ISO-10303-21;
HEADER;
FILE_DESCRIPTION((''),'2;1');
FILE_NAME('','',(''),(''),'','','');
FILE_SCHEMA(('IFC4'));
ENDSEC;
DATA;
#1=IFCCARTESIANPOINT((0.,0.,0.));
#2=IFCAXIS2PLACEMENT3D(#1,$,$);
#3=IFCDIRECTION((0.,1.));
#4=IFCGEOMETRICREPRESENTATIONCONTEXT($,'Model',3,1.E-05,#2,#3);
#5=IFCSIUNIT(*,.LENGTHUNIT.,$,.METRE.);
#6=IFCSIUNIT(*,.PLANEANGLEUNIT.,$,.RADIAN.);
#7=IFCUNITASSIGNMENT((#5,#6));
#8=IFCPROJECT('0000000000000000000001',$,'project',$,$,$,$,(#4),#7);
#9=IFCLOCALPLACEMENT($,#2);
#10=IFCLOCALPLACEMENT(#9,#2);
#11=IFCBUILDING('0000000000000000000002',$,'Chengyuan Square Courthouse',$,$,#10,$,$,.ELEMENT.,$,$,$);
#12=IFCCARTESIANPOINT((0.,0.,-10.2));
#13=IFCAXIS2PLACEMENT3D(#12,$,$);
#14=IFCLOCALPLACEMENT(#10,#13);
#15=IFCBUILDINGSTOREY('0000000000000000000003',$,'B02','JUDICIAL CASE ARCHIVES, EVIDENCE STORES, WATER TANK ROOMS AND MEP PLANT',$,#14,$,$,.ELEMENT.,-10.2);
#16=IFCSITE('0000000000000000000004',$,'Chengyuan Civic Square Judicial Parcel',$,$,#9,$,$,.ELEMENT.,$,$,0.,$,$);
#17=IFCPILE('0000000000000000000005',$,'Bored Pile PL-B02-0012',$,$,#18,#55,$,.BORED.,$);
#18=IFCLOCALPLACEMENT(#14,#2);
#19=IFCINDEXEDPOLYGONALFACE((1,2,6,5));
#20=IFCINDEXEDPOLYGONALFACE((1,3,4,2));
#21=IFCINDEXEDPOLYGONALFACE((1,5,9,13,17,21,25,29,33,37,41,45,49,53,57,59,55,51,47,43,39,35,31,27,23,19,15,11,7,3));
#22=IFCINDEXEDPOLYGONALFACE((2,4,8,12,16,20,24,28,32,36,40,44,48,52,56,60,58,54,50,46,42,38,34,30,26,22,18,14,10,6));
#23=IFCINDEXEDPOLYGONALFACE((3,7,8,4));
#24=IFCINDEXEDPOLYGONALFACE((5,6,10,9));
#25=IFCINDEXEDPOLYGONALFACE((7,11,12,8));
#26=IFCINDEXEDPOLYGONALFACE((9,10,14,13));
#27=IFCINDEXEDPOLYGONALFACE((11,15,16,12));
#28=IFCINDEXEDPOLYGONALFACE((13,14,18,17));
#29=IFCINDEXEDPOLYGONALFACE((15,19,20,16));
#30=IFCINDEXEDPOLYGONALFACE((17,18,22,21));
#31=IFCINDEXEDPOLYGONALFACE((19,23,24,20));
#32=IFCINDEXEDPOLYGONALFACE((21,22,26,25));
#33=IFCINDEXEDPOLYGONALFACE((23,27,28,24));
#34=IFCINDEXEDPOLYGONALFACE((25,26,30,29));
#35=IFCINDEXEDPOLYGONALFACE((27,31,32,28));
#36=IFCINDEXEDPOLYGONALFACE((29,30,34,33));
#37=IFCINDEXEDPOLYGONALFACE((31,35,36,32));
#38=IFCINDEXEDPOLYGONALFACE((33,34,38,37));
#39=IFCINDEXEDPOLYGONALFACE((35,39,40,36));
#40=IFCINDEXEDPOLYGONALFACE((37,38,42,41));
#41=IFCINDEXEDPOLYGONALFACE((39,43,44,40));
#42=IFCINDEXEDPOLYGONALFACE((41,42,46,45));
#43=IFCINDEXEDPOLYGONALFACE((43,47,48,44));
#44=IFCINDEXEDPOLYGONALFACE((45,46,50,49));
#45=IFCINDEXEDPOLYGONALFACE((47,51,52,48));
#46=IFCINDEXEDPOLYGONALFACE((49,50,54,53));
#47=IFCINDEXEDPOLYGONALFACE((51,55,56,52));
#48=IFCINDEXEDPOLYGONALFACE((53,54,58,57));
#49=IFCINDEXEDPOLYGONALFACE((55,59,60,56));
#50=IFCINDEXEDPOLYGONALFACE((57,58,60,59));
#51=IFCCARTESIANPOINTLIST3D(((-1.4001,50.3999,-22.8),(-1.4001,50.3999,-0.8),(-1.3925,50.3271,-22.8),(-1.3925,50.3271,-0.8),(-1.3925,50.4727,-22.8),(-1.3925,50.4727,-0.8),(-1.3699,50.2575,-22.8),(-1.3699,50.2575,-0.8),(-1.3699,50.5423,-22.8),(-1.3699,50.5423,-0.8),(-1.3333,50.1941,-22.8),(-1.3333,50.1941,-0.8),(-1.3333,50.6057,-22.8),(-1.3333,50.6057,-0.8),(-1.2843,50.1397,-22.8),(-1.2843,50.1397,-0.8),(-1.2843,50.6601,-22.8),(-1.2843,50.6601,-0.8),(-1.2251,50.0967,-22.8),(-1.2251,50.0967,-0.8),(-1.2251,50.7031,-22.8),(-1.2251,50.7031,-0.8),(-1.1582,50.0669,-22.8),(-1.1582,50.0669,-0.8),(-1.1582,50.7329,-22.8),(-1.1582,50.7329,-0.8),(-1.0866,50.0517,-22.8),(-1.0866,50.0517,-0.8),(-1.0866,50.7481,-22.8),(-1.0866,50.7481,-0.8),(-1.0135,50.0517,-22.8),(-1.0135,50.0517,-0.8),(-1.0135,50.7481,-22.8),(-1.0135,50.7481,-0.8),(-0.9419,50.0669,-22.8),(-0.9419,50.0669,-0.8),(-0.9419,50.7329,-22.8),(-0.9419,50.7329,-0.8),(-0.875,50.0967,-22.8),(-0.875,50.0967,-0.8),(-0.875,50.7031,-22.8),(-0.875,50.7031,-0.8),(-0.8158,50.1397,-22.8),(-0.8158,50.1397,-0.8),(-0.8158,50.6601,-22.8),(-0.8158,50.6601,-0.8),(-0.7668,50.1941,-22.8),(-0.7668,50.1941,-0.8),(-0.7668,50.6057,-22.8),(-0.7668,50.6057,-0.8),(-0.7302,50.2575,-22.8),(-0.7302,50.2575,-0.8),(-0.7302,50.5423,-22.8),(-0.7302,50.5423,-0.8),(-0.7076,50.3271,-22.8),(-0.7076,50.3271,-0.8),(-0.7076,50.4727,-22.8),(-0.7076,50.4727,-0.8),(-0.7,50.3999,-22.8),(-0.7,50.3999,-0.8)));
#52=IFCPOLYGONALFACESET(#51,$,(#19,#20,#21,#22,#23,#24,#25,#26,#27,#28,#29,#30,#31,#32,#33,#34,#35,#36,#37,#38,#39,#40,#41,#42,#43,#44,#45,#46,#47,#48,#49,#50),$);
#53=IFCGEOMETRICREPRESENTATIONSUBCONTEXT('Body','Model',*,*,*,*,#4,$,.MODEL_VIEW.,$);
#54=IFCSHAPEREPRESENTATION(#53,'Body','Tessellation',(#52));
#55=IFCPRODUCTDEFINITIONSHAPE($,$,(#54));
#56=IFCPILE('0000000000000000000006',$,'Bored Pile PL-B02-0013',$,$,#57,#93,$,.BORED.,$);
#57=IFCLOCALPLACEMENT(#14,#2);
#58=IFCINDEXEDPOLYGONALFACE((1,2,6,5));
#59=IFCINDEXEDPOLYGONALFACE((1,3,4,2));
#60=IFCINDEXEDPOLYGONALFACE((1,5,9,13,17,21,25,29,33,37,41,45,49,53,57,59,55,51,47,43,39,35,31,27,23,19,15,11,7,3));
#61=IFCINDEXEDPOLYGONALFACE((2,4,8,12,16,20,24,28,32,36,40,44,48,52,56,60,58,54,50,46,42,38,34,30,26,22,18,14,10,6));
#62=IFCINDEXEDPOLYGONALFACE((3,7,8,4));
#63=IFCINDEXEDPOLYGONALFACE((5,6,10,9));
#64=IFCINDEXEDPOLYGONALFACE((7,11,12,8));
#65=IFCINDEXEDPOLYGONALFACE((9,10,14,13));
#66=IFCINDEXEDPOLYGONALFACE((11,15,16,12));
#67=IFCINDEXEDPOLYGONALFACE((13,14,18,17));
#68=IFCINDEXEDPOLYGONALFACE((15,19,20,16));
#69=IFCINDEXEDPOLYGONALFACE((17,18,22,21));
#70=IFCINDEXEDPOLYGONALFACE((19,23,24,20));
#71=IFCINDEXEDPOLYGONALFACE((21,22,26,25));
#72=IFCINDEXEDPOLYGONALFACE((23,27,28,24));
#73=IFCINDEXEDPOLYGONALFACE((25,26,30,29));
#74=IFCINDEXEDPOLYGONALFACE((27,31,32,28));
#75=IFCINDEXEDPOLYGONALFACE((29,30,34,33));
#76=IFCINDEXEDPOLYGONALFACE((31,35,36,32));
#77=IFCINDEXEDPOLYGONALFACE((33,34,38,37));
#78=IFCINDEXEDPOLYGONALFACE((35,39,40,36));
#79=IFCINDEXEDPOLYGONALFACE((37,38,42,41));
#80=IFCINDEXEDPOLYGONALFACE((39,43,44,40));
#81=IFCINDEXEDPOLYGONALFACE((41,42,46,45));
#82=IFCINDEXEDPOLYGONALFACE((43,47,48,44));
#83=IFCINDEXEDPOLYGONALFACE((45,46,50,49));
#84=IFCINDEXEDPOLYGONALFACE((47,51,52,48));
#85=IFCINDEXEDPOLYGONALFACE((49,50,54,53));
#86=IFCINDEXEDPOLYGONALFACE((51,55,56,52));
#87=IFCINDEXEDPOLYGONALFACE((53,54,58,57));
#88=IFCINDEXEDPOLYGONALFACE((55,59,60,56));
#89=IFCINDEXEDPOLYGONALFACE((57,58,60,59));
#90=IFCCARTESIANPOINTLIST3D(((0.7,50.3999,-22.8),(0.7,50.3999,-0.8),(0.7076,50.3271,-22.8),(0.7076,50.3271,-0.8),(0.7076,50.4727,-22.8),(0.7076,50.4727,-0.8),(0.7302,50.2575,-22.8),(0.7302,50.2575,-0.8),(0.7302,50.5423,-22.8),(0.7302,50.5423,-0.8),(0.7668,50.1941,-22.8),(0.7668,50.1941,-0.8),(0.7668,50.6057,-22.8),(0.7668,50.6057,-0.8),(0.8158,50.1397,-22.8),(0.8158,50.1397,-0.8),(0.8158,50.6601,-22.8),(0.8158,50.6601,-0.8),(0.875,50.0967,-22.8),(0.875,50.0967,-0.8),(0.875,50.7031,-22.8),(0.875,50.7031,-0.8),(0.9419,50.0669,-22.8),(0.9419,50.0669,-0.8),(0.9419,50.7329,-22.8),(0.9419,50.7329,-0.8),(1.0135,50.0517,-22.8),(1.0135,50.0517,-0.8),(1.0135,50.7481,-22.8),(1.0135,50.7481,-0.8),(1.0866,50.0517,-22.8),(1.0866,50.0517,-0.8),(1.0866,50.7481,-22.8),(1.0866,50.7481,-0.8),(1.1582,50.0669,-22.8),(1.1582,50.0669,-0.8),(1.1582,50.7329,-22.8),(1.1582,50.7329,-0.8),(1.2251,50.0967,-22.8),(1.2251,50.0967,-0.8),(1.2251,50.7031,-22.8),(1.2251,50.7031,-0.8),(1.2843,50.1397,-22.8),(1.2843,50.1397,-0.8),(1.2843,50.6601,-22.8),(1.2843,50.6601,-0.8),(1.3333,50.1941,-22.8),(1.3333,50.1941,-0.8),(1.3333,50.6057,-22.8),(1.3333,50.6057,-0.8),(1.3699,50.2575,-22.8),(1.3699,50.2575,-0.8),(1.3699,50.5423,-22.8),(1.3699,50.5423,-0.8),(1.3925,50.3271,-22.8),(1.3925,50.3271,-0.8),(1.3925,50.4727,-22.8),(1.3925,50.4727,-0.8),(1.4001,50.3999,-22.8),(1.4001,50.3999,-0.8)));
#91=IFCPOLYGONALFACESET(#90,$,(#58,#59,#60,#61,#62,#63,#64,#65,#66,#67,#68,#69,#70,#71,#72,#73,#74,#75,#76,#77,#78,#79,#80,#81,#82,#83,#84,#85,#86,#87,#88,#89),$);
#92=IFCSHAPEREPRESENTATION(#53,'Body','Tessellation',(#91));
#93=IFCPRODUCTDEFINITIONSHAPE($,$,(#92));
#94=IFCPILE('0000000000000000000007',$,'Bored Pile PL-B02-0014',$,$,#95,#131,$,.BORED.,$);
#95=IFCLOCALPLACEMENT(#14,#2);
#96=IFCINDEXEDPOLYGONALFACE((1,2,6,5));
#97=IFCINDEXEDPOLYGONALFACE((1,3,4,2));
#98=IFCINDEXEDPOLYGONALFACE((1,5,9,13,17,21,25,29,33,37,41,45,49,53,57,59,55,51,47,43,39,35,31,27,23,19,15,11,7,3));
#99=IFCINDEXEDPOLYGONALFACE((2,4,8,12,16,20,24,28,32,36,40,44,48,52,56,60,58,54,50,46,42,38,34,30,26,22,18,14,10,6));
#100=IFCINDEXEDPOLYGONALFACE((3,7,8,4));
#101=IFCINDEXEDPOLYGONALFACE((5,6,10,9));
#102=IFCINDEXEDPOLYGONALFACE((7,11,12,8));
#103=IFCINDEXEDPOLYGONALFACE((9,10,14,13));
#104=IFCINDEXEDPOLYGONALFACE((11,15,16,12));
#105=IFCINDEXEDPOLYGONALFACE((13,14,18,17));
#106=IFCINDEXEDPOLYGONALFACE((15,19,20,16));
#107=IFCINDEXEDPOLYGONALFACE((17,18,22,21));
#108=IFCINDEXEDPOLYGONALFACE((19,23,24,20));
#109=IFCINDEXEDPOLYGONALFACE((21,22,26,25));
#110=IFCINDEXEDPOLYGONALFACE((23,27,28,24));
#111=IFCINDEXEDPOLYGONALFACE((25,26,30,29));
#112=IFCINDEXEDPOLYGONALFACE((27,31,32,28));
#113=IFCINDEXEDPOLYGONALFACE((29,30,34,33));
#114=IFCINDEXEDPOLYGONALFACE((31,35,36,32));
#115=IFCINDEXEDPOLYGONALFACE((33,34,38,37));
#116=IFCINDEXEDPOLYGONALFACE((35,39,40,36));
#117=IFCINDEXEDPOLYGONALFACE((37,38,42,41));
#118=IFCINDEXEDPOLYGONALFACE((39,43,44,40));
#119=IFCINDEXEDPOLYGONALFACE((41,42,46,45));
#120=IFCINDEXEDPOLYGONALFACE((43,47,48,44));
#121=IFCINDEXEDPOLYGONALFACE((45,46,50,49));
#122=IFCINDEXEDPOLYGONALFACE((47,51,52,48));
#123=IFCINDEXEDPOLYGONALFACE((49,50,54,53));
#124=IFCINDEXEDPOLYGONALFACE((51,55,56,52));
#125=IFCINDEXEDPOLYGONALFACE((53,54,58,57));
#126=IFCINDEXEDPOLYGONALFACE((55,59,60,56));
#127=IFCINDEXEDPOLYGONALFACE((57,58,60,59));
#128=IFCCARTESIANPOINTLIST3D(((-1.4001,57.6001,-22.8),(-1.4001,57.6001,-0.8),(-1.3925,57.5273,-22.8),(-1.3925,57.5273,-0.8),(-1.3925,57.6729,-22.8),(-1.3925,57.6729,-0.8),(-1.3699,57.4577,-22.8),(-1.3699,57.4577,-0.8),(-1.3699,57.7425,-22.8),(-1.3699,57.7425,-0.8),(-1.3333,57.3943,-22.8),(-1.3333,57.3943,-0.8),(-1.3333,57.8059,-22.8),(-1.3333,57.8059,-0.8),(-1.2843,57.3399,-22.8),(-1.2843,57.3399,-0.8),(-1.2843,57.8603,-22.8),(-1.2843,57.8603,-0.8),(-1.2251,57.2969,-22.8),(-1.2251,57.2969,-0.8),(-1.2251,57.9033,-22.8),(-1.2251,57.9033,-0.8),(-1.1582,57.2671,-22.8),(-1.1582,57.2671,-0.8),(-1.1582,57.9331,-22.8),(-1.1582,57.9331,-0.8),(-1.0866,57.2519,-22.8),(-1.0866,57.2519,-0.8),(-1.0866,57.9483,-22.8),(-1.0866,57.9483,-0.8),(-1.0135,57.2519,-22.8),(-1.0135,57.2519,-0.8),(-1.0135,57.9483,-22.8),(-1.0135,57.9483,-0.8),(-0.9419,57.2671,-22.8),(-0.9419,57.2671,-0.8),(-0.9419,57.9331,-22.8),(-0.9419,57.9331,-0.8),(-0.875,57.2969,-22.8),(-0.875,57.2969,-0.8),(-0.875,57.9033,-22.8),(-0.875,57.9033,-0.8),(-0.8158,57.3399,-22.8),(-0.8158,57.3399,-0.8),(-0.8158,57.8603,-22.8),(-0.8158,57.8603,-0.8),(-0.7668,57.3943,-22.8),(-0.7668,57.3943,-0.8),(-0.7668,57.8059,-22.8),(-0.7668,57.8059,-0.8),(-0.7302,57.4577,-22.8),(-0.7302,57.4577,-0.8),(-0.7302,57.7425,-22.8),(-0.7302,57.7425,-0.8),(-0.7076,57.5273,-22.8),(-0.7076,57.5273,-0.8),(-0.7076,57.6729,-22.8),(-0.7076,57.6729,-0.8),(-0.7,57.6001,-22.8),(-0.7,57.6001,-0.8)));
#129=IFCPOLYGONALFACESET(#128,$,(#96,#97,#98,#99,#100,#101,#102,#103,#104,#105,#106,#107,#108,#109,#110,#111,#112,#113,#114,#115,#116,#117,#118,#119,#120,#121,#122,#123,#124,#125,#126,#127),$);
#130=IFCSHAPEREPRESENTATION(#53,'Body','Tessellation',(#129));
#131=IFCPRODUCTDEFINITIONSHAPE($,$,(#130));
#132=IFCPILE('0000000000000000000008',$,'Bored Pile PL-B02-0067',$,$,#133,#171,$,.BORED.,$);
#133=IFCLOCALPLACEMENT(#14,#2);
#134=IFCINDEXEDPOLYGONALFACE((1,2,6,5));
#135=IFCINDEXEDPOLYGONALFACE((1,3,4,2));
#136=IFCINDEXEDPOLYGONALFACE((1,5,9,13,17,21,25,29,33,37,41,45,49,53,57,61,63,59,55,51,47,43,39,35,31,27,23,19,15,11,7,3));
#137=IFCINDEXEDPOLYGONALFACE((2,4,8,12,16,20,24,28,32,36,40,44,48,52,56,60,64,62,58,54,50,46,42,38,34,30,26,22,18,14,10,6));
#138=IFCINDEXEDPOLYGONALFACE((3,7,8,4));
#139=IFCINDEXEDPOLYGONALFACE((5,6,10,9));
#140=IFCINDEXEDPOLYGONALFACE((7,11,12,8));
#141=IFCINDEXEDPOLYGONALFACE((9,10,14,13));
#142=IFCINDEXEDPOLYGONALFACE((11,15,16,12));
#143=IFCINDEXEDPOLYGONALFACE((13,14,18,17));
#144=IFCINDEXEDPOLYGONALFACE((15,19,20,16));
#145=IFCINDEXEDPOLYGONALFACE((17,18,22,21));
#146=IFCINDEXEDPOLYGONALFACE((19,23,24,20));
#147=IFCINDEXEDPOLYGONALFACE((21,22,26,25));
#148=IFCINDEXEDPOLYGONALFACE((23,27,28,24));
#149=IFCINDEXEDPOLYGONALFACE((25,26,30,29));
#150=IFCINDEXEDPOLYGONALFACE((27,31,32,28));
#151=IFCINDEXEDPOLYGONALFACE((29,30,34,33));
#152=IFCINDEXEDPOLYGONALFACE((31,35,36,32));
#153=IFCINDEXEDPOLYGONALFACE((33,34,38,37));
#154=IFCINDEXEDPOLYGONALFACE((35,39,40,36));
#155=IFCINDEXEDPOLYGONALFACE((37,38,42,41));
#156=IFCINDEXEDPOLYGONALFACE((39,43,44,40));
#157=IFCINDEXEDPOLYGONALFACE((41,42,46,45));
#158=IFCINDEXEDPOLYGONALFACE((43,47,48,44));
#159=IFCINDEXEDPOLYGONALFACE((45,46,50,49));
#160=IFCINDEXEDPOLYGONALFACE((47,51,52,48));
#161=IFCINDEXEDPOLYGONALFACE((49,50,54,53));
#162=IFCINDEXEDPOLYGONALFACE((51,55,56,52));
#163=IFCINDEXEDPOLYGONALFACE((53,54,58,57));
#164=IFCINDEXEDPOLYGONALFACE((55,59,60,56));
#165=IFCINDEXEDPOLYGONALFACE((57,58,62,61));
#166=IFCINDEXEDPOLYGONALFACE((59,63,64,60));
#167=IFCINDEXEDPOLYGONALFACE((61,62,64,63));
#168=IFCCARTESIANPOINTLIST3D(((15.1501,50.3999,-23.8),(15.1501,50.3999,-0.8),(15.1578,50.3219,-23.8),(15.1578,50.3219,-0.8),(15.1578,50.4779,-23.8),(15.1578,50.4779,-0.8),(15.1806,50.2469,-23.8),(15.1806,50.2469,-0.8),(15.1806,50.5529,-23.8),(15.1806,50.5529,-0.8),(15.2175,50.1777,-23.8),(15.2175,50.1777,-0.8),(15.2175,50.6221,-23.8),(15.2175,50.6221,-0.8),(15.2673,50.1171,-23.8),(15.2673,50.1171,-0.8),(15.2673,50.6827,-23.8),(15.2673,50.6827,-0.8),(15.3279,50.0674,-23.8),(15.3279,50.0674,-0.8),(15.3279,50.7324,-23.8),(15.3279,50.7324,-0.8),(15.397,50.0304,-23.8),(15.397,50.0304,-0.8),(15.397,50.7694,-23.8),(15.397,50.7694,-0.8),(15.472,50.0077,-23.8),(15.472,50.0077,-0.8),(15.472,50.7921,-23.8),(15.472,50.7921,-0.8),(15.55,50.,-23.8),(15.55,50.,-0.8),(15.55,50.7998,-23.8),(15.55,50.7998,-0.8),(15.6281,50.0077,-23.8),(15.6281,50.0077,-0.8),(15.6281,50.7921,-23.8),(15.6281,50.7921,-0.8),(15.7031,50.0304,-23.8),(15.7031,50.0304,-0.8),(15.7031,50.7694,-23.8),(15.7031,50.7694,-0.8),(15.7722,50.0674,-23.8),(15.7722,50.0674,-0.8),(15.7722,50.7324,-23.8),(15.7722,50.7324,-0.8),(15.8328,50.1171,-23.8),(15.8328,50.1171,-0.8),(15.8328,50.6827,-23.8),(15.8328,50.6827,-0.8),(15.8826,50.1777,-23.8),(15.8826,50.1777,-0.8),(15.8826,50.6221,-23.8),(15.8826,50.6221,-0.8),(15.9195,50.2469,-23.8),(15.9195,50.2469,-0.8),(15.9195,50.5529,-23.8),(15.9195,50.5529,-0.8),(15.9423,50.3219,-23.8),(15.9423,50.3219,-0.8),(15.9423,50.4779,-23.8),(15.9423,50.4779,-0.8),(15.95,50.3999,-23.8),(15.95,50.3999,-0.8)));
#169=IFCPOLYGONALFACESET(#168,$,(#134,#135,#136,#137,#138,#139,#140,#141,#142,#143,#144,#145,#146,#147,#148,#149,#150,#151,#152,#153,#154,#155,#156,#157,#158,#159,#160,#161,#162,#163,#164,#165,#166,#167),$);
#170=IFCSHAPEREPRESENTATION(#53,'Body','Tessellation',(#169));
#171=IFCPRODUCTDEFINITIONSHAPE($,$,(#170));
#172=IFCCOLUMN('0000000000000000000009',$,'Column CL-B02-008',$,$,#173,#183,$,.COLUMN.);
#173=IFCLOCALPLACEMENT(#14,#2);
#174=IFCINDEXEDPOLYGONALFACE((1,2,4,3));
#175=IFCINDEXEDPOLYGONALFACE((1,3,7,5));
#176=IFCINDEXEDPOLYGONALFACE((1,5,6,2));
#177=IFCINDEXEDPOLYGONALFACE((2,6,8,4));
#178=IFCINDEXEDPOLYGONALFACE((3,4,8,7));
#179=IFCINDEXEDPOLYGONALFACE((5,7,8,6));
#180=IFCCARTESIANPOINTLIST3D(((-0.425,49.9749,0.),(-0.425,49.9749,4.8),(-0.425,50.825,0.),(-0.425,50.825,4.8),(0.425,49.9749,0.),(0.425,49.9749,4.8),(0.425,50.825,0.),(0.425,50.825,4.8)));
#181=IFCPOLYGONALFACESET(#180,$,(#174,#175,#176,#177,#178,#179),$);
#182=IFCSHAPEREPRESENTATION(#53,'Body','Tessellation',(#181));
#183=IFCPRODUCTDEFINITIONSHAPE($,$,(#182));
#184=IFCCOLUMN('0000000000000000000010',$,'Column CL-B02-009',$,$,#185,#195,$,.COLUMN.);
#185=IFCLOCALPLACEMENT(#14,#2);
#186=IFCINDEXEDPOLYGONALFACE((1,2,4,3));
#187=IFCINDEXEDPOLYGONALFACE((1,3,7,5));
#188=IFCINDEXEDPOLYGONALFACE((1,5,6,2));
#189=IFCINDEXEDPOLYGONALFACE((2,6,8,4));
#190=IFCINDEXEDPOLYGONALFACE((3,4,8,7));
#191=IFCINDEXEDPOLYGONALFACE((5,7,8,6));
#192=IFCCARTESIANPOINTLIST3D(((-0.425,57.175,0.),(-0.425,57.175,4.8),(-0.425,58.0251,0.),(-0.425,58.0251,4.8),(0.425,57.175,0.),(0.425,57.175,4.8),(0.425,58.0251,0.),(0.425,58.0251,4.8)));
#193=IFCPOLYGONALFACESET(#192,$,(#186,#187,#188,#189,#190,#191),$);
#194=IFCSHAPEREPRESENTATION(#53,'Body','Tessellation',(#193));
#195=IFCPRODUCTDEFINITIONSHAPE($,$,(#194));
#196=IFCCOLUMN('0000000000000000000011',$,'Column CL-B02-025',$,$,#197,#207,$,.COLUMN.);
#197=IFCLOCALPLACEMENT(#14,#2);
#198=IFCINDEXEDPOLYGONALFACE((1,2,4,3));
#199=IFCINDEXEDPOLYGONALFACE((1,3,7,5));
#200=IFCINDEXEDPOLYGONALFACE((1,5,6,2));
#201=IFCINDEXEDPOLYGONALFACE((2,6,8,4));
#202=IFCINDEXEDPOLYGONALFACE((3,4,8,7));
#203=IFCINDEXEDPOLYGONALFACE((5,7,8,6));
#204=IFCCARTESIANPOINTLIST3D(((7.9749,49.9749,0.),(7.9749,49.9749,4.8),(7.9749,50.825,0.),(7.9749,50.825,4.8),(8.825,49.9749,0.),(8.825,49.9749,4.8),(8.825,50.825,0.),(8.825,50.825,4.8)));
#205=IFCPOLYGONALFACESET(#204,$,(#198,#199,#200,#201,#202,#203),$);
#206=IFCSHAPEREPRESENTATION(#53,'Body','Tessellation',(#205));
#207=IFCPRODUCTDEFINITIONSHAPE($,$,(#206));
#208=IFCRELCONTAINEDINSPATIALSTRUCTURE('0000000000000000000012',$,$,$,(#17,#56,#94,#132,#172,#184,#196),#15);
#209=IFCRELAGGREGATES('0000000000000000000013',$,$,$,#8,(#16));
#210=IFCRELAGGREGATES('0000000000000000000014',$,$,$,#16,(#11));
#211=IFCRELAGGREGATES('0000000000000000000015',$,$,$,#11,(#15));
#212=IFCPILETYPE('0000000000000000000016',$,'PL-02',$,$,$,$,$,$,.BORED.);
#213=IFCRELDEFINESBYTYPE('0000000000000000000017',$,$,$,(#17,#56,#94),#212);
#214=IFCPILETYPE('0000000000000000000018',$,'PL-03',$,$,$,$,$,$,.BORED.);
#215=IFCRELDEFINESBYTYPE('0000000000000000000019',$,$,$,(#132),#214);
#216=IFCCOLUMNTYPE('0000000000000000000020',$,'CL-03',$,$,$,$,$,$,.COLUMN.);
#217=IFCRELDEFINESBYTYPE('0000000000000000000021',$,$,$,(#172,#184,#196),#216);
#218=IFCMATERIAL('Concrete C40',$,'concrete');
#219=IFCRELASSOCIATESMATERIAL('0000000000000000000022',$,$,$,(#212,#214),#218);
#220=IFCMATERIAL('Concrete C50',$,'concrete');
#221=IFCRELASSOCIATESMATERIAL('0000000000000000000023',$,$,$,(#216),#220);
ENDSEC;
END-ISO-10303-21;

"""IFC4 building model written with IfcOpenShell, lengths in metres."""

from ifc_helpers import new_model, si_unit, direction, frame, origin, origin_2d, place, context, subcontext, project, spatial, rectangle, circle, extrude, material, material_profile, profile_set, type_object, element, save


model = new_model("IFC4")

# Units and contexts
model_context = context("Model", 3, precision=1e-05, world=origin(), true_north=direction((0.0, 1.0)))
body_context = subcontext(model_context, "Body", "Model", "MODEL_VIEW")
ifc_project = project(units=[si_unit("LENGTHUNIT", "METRE"), si_unit("PLANEANGLEUNIT", "RADIAN")], contexts=[model_context])

# Site, building, storey
site_placement = place(None, origin())
site = spatial("IfcSite", under=ifc_project, at=site_placement, Name="Chengyuan Civic Square Judicial Parcel", CompositionType="ELEMENT", RefElevation=0.0)
building_placement = place(site_placement, origin())
building = spatial("IfcBuilding", under=site, at=building_placement, Name="Chengyuan Square Courthouse", CompositionType="ELEMENT")
storey_placement = place(building_placement, frame((0.0, 0.0, -10.2)))
storey = spatial("IfcBuildingStorey", under=building, at=storey_placement, Name="B02", Description="JUDICIAL CASE ARCHIVES, EVIDENCE STORES, WATER TANK ROOMS AND MEP PLANT", CompositionType="ELEMENT", Elevation=-10.2)

# Shared definitions
ifc_material_1 = material(Name="Concrete C40", Category="concrete")

# Piles
ifc_material_profile_1 = material_profile(ifc_material_1, circle(Radius=0.3501, at=origin_2d()), Name="BORED PILE D700")
ifc_profile_set_1 = profile_set([ifc_material_profile_1], Name="Concrete C40")
pile_type_1 = type_object("IfcPileType", Name="PL-02", PredefinedType="BORED", material=ifc_profile_set_1)
for number, where, z_axis, x_axis, name in (
    (1, (-1.05, 50.3999, -0.8), (0.0, 0.0, -1.0), (1.0, 0.0, 0.0), "Bored Pile PL-B02-0012"),
    (2, (1.05, 50.3999, -0.8), (0.0, 0.0, -1.0), (1.0, 0.0, 0.0), "Bored Pile PL-B02-0013"),
    (3, (-1.05, 57.6001, -0.8), (0.0, 0.0, -1.0), (1.0, 0.0, 0.0), "Bored Pile PL-B02-0014"),
):
    element("IfcPile", number, at=place(storey_placement, frame(where, z_axis=z_axis, x_axis=x_axis)), inside=storey, type_object=pile_type_1, Name=name, PredefinedType="BORED", context=body_context, shape_type="SweptSolid", body=[
        extrude(circle(Radius=0.3501, at=origin_2d()), origin(), (0.0, 0.0, 1.0), 22.0),
    ])
ifc_material_profile_2 = material_profile(ifc_material_1, circle(Radius=0.3999, at=origin_2d()), Name="BORED PILE D800")
ifc_profile_set_2 = profile_set([ifc_material_profile_2], Name="Concrete C40")
pile_type_2 = type_object("IfcPileType", Name="PL-03", PredefinedType="BORED", material=ifc_profile_set_2)
pile_1_placement = place(storey_placement, frame((15.55, 50.3999, -0.8), z_axis=(0.0, 0.0, -1.0), x_axis=(1.0, 0.0, 0.0)))
element("IfcPile", 4, at=pile_1_placement, inside=storey, type_object=pile_type_2, Name="Bored Pile PL-B02-0067", PredefinedType="BORED", context=body_context, shape_type="SweptSolid", body=[
    extrude(circle(Radius=0.3999, at=origin_2d()), origin(), (0.0, 0.0, 1.0), 23.0),
])

# Columns
ifc_material_2 = material(Name="Concrete C50", Category="concrete")
ifc_material_profile_3 = material_profile(ifc_material_2, rectangle(XDim=0.8501, YDim=0.8501, at=origin_2d()), Name="RC-COL-850x850")
ifc_profile_set_3 = profile_set([ifc_material_profile_3], Name="Concrete C50")
column_type = type_object("IfcColumnType", Name="CL-03", PredefinedType="COLUMN", material=ifc_profile_set_3)
for number, where, z_axis, x_axis, name in (
    (5, (0.0, 50.3999, 0.0), (0.0, 0.0, 1.0), (1.0, 0.0, 0.0), "Column CL-B02-008"),
    (6, (0.0, 57.6001, 0.0), (0.0, 0.0, 1.0), (1.0, 0.0, 0.0), "Column CL-B02-009"),
    (7, (8.3999, 50.3999, 0.0), (0.0, 0.0, 1.0), (1.0, 0.0, 0.0), "Column CL-B02-025"),
):
    element("IfcColumn", number, at=place(storey_placement, frame(where, z_axis=z_axis, x_axis=x_axis)), inside=storey, type_object=column_type, Name=name, PredefinedType="COLUMN", context=body_context, shape_type="SweptSolid", body=[
        extrude(rectangle(XDim=0.8501, YDim=0.8501, at=origin_2d()), origin(), (0.0, 0.0, 1.0), 4.8),
    ])

save(model, "model.ifc")
